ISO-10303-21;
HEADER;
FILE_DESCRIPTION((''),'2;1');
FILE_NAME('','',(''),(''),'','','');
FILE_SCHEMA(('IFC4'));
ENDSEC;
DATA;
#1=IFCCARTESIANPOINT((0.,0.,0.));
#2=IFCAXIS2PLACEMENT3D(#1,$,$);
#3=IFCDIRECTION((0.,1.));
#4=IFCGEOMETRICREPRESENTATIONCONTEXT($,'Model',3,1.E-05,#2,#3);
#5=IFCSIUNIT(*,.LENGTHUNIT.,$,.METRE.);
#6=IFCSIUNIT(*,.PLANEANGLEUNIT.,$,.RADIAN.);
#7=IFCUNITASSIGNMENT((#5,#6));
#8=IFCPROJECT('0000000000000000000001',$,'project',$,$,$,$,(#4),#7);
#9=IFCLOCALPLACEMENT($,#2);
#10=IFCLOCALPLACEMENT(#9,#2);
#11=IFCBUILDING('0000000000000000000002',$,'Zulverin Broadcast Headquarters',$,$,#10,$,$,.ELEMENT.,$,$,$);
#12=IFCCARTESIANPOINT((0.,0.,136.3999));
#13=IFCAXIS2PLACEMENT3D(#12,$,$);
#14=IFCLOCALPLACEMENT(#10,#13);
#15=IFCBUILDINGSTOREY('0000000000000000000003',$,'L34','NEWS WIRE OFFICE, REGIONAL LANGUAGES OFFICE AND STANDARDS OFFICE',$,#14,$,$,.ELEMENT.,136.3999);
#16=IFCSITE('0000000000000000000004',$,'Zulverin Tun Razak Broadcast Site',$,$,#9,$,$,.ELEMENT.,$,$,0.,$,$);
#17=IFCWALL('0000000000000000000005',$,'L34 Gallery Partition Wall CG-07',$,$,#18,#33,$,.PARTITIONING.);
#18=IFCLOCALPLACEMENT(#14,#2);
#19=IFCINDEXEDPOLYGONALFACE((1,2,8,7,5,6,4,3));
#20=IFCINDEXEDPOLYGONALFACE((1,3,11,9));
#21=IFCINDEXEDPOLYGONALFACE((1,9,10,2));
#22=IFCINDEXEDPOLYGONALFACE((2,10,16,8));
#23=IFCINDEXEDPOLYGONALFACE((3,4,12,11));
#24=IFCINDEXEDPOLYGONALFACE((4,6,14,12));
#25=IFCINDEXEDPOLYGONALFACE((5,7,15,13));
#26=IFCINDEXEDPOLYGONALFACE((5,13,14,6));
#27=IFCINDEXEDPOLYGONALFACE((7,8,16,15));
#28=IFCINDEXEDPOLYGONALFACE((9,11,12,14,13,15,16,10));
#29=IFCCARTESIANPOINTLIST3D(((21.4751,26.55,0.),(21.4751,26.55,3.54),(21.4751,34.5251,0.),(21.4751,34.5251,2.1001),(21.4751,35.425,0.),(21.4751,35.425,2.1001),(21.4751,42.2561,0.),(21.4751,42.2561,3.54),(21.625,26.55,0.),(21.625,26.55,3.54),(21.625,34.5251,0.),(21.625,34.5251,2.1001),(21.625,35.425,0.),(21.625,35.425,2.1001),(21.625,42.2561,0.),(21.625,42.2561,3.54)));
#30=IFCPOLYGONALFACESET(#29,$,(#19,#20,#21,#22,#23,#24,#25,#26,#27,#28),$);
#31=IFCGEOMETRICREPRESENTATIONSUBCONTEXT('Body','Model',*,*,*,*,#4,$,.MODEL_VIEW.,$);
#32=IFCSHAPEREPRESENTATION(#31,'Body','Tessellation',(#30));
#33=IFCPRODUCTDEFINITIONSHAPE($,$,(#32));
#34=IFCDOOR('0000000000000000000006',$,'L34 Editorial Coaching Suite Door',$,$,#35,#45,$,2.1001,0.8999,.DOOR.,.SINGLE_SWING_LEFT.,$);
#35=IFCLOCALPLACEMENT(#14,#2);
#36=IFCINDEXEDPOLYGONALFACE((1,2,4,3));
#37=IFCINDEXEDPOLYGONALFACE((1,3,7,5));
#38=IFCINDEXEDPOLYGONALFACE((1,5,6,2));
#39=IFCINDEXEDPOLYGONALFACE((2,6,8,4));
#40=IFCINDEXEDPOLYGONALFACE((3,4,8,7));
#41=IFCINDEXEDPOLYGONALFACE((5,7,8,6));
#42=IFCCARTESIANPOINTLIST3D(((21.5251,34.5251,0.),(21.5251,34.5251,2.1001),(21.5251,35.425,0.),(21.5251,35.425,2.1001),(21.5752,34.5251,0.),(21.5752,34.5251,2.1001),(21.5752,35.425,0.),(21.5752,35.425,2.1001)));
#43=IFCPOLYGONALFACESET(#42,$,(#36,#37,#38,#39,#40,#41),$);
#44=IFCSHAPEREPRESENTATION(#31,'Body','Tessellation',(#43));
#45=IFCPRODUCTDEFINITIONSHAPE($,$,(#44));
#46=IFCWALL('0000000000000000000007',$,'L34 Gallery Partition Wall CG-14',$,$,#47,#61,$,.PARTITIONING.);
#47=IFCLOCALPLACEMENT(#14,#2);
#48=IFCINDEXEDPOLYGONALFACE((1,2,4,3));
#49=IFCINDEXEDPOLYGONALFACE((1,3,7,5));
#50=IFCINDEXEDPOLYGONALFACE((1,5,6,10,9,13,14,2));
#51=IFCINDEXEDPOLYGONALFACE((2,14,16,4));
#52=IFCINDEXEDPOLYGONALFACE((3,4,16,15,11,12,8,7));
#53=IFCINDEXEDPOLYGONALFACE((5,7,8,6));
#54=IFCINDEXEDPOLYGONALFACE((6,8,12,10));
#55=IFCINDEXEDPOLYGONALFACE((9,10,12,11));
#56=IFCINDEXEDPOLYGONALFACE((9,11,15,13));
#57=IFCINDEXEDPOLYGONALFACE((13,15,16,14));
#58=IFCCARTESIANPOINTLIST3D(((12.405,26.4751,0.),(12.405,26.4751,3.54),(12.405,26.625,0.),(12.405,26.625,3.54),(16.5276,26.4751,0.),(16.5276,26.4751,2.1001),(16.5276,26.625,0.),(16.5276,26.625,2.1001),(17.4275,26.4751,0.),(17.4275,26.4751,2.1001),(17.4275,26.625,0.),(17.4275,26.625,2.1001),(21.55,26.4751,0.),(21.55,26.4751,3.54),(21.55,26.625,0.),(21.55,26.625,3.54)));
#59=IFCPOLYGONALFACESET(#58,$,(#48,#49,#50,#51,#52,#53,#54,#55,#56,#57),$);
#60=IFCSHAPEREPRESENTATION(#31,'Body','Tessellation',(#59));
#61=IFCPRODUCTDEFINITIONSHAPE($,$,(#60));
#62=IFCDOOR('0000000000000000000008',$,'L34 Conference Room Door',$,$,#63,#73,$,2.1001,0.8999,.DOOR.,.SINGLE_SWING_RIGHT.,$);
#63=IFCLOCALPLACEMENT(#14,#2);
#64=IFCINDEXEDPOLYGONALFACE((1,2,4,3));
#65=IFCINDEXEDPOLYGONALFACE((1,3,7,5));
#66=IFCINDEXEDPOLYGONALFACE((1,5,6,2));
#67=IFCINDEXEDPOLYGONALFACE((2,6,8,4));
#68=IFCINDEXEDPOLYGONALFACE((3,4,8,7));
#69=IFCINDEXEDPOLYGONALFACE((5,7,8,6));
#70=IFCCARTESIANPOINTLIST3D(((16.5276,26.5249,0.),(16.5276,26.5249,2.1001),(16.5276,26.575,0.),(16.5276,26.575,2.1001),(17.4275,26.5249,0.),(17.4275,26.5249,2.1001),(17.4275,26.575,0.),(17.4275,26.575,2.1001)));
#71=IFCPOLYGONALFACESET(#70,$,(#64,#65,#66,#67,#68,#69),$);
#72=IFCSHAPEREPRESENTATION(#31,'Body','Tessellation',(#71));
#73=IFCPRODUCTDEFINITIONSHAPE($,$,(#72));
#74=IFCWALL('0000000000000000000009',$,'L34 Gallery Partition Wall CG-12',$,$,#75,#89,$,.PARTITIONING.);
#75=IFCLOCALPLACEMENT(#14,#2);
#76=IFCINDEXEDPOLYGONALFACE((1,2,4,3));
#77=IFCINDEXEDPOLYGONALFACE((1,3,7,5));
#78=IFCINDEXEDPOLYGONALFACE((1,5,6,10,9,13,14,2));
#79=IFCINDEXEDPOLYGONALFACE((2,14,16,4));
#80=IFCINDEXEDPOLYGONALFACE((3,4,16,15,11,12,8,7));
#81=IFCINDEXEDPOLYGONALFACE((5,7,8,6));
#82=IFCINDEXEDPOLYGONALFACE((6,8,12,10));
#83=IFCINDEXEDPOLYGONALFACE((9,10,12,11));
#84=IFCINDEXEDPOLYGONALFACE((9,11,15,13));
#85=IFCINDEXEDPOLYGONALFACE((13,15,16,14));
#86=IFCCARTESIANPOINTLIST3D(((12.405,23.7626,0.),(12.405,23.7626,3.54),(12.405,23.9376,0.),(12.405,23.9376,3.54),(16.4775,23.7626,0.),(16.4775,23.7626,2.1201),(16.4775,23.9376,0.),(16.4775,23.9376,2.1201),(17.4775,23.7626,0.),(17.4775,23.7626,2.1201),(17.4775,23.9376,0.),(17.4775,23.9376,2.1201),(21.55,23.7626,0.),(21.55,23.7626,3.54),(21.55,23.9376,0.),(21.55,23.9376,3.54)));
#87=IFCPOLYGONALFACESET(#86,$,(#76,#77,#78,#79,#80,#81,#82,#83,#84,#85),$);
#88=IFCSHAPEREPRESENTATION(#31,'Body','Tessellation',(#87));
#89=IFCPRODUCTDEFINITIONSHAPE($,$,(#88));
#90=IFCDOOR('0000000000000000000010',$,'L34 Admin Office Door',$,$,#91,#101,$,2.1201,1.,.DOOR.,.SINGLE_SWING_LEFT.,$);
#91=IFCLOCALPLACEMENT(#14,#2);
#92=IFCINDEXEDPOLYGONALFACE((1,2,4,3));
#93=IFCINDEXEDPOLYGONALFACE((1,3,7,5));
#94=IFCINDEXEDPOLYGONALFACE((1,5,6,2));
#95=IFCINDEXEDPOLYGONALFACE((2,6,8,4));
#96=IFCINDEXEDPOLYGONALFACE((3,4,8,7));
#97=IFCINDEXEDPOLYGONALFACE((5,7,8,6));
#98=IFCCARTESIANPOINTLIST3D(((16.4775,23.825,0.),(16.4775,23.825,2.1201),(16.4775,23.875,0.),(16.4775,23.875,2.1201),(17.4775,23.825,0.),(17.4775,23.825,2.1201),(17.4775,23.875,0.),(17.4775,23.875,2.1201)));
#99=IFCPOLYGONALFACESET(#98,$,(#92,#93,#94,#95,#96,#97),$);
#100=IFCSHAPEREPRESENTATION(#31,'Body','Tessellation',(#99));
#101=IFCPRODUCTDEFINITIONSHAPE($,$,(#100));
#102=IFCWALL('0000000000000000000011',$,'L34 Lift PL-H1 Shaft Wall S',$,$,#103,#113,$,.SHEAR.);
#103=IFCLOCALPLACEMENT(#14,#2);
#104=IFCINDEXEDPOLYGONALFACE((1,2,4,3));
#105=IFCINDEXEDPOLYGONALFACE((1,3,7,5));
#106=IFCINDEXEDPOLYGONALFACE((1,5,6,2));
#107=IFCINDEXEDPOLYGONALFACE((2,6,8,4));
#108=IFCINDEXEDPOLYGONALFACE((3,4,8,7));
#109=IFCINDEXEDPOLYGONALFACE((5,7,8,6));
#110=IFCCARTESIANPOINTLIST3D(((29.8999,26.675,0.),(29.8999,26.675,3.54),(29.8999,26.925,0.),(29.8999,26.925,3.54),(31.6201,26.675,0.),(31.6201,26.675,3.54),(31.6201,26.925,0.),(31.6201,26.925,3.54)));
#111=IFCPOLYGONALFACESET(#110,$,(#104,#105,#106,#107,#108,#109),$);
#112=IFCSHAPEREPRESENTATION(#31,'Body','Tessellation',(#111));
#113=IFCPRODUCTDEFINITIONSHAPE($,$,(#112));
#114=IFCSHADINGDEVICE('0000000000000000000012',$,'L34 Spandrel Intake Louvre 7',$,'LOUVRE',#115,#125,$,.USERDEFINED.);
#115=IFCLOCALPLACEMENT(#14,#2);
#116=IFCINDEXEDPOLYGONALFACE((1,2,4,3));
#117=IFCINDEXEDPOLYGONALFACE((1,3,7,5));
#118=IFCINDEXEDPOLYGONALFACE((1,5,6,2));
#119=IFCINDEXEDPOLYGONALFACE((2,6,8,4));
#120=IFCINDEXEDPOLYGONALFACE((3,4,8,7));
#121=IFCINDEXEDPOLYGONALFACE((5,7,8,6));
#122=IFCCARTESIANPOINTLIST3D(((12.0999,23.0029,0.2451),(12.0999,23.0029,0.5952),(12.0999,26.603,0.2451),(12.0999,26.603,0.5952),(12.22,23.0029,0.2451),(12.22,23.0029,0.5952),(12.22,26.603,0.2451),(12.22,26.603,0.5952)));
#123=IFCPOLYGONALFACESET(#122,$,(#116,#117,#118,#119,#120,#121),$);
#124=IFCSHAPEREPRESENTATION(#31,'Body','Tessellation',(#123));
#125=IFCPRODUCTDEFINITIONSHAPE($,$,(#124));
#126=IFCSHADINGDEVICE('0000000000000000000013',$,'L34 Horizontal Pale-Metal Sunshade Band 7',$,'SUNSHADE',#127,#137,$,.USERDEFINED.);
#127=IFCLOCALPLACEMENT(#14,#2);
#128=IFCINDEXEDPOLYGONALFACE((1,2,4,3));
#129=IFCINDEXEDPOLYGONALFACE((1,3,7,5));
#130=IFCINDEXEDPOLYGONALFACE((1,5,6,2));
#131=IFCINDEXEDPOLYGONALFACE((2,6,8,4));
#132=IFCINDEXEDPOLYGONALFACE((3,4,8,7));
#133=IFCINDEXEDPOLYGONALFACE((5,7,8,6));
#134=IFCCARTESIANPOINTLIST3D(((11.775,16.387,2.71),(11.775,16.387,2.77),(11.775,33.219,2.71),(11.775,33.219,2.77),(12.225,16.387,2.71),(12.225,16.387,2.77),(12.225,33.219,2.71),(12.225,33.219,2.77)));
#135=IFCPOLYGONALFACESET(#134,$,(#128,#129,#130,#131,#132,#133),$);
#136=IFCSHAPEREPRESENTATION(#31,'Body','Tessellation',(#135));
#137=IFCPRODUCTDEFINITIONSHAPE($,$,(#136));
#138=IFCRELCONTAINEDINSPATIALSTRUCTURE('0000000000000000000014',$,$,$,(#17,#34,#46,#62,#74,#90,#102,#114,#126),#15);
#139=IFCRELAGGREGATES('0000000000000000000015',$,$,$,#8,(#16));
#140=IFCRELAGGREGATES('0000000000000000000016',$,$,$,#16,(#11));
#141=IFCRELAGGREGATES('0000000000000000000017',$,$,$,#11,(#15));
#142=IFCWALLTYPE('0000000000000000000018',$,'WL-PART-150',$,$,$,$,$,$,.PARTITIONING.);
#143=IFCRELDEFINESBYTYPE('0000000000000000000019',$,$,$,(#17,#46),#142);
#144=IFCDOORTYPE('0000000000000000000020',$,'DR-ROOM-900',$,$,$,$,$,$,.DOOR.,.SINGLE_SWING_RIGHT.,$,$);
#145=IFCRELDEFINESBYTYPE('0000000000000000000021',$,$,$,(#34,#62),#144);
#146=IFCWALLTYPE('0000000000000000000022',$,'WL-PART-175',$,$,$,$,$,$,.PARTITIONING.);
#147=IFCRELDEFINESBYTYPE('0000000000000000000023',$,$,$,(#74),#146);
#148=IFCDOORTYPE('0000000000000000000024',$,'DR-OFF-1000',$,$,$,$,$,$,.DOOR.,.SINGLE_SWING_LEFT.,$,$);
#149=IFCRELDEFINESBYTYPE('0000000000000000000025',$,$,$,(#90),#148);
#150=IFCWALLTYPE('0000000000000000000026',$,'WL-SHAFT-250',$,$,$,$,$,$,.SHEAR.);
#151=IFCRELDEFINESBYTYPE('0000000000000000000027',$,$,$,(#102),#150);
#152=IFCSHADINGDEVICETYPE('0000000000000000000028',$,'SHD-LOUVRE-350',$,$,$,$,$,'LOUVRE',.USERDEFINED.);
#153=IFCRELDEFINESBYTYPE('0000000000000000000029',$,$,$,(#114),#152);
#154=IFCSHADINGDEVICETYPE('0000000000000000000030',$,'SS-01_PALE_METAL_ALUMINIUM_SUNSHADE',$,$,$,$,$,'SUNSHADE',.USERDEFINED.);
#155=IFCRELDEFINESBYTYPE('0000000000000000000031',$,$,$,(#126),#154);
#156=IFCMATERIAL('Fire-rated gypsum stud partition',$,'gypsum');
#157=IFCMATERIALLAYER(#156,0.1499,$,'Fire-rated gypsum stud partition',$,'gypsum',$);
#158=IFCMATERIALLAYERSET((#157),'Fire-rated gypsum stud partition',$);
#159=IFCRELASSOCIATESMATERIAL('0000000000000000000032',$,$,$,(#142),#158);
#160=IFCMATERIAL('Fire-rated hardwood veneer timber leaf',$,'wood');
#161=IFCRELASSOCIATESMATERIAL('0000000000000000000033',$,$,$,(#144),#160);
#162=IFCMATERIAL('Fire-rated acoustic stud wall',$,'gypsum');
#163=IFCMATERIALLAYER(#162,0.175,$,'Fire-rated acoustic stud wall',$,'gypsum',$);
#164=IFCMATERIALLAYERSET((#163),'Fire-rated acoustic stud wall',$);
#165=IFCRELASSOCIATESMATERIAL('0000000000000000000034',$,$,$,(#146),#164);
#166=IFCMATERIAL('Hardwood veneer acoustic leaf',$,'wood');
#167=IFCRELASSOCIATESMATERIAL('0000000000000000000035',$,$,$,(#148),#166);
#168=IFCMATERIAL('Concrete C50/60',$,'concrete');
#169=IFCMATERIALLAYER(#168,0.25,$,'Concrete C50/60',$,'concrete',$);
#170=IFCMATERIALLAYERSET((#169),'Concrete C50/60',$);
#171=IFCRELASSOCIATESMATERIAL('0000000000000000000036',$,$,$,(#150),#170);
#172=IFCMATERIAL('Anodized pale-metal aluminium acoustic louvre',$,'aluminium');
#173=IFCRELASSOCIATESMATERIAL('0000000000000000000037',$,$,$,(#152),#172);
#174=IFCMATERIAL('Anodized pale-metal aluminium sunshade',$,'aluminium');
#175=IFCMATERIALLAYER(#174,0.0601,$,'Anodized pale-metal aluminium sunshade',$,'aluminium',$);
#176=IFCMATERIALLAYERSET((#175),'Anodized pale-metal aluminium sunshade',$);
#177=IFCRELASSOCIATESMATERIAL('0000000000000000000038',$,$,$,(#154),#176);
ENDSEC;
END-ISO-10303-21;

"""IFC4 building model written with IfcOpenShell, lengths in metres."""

from ifc_helpers import new_model, si_unit, direction, frame, frame_2d, origin, origin_2d, place, context, subcontext, project, spatial, rectangle, extrude, material, layer, layer_set, type_object, element, fill, save


model = new_model("IFC4")

# Units and contexts
model_context = context("Model", 3, precision=1e-05, world=origin(), true_north=direction((0.0, 1.0)))
body_context = subcontext(model_context, "Body", "Model", "MODEL_VIEW")
ifc_project = project(units=[si_unit("LENGTHUNIT", "METRE"), si_unit("PLANEANGLEUNIT", "RADIAN")], contexts=[model_context])

# Site, building, storey
site_placement = place(None, origin())
site = spatial("IfcSite", under=ifc_project, at=site_placement, Name="Zulverin Tun Razak Broadcast Site", CompositionType="ELEMENT", RefElevation=0.0)
building_placement = place(site_placement, origin())
building = spatial("IfcBuilding", under=site, at=building_placement, Name="Zulverin Broadcast Headquarters", CompositionType="ELEMENT")
storey_placement = place(building_placement, frame((0.0, 0.0, 136.3999)))
storey = spatial("IfcBuildingStorey", under=building, at=storey_placement, Name="L34", Description="NEWS WIRE OFFICE, REGIONAL LANGUAGES OFFICE AND STANDARDS OFFICE", CompositionType="ELEMENT", Elevation=136.3999)

# Shared definitions
ifc_material_1 = material(Name="Fire-rated gypsum stud partition", Category="gypsum")
ifc_layer_1 = layer(ifc_material_1, 0.1499, Name="Fire-rated gypsum stud partition", Category="gypsum")
ifc_layer_set_1 = layer_set([ifc_layer_1], Name="Fire-rated gypsum stud partition")
wall_type_1 = type_object("IfcWallType", Name="WL-PART-150", PredefinedType="PARTITIONING", material=ifc_layer_set_1)

# Walls, openings, doors
wall_1_placement = place(storey_placement, frame((21.55, 26.55, 0.0), z_axis=(0.0, 0.0, 1.0), x_axis=(0.0, 1.0, 0.0)))
wall_1 = element("IfcWall", 1, at=wall_1_placement, inside=storey, type_object=wall_type_1, Name="L34 Gallery Partition Wall CG-07", PredefinedType="PARTITIONING", context=body_context, shape_type="SweptSolid", body=[
    extrude(rectangle(XDim=15.7061, YDim=0.1499, at=frame_2d((7.853, 0.0))), origin(), (0.0, 0.0, 1.0), 3.54),
])
opening_1_placement = place(wall_1_placement, frame((7.9751, 0.0, 0.0)))
opening_1 = element("IfcOpeningElement", 2, at=opening_1_placement, cuts=wall_1, PredefinedType="OPENING", context=body_context, shape_type="SweptSolid", body=[
    extrude(rectangle(XDim=0.8999, YDim=2.1001, at=frame_2d((0.45, 1.05))), frame((0.0, 0.085, 0.0), z_axis=(0.0, -1.0, 0.0), x_axis=(1.0, 0.0, 0.0)), (0.0, 0.0, 1.0), 0.1699),
])
ifc_material_2 = material(Name="Fire-rated hardwood veneer timber leaf", Category="wood")
door_type_1 = type_object("IfcDoorType", Name="DR-ROOM-900", OperationType="SINGLE_SWING_RIGHT", PredefinedType="DOOR", material=ifc_material_2)
door_1_placement = place(opening_1_placement, origin())
door_1 = element("IfcDoor", 3, at=door_1_placement, inside=storey, type_object=door_type_1, Name="L34 Editorial Coaching Suite Door", OperationType="SINGLE_SWING_LEFT", OverallHeight=2.1001, OverallWidth=0.8999, PredefinedType="DOOR", context=body_context, shape_type="SweptSolid", body=[
    extrude(rectangle(XDim=0.8999, YDim=2.1001, at=frame_2d((0.45, 1.05))), frame((0.0, 0.0249, 0.0), z_axis=(0.0, -1.0, 0.0), x_axis=(1.0, 0.0, 0.0)), (0.0, 0.0, 1.0), 0.05),
])
fill(opening_1, door_1)
wall_2_placement = place(storey_placement, frame((12.405, 26.55, 0.0), z_axis=(0.0, 0.0, 1.0), x_axis=(1.0, 0.0, 0.0)))
wall_2 = element("IfcWall", 4, at=wall_2_placement, inside=storey, type_object=wall_type_1, Name="L34 Gallery Partition Wall CG-14", PredefinedType="PARTITIONING", context=body_context, shape_type="SweptSolid", body=[
    extrude(rectangle(XDim=9.145, YDim=0.1499, at=frame_2d((4.5725, 0.0))), origin(), (0.0, 0.0, 1.0), 3.54),
])
opening_2_placement = place(wall_2_placement, frame((4.1226, 0.0, 0.0)))
opening_2 = element("IfcOpeningElement", 5, at=opening_2_placement, cuts=wall_2, PredefinedType="OPENING", context=body_context, shape_type="SweptSolid", body=[
    extrude(rectangle(XDim=0.8999, YDim=2.1001, at=frame_2d((0.45, 1.05))), frame((0.0, 0.085, 0.0), z_axis=(0.0, -1.0, 0.0), x_axis=(1.0, 0.0, 0.0)), (0.0, 0.0, 1.0), 0.1699),
])
door_2_placement = place(opening_2_placement, origin())
door_2 = element("IfcDoor", 6, at=door_2_placement, inside=storey, type_object=door_type_1, Name="L34 Conference Room Door", OperationType="SINGLE_SWING_RIGHT", OverallHeight=2.1001, OverallWidth=0.8999, PredefinedType="DOOR", context=body_context, shape_type="SweptSolid", body=[
    extrude(rectangle(XDim=0.8999, YDim=2.1001, at=frame_2d((0.45, 1.05))), frame((0.0, 0.0249, 0.0), z_axis=(0.0, -1.0, 0.0), x_axis=(1.0, 0.0, 0.0)), (0.0, 0.0, 1.0), 0.05),
])
fill(opening_2, door_2)
ifc_material_3 = material(Name="Fire-rated acoustic stud wall", Category="gypsum")
ifc_layer_2 = layer(ifc_material_3, 0.175, Name="Fire-rated acoustic stud wall", Category="gypsum")
ifc_layer_set_2 = layer_set([ifc_layer_2], Name="Fire-rated acoustic stud wall")
wall_type_2 = type_object("IfcWallType", Name="WL-PART-175", PredefinedType="PARTITIONING", material=ifc_layer_set_2)
wall_3_placement = place(storey_placement, frame((12.405, 23.8501, 0.0), z_axis=(0.0, 0.0, 1.0), x_axis=(1.0, 0.0, 0.0)))
wall_3 = element("IfcWall", 7, at=wall_3_placement, inside=storey, type_object=wall_type_2, Name="L34 Gallery Partition Wall CG-12", PredefinedType="PARTITIONING", context=body_context, shape_type="SweptSolid", body=[
    extrude(rectangle(XDim=9.145, YDim=0.175, at=frame_2d((4.5725, 0.0))), origin(), (0.0, 0.0, 1.0), 3.54),
])
opening_3_placement = place(wall_3_placement, frame((4.0725, 0.0, 0.0)))
opening_3 = element("IfcOpeningElement", 8, at=opening_3_placement, cuts=wall_3, PredefinedType="OPENING", context=body_context, shape_type="SweptSolid", body=[
    extrude(rectangle(XDim=1.0, YDim=2.1201, at=frame_2d((0.5, 1.0601))), frame((0.0, 0.0974, 0.0), z_axis=(0.0, -1.0, 0.0), x_axis=(1.0, 0.0, 0.0)), (0.0, 0.0, 1.0), 0.1951),
])
ifc_material_4 = material(Name="Hardwood veneer acoustic leaf", Category="wood")
door_type_2 = type_object("IfcDoorType", Name="DR-OFF-1000", OperationType="SINGLE_SWING_LEFT", PredefinedType="DOOR", material=ifc_material_4)
door_3_placement = place(opening_3_placement, origin())
door_3 = element("IfcDoor", 9, at=door_3_placement, inside=storey, type_object=door_type_2, Name="L34 Admin Office Door", OperationType="SINGLE_SWING_LEFT", OverallHeight=2.1201, OverallWidth=1.0, PredefinedType="DOOR", context=body_context, shape_type="SweptSolid", body=[
    extrude(rectangle(XDim=1.0, YDim=2.1201, at=frame_2d((0.5, 1.0601))), frame((0.0, 0.0249, 0.0), z_axis=(0.0, -1.0, 0.0), x_axis=(1.0, 0.0, 0.0)), (0.0, 0.0, 1.0), 0.05),
])
fill(opening_3, door_3)
ifc_material_5 = material(Name="Concrete C50/60", Category="concrete")
ifc_layer_3 = layer(ifc_material_5, 0.25, Name="Concrete C50/60", Category="concrete")
ifc_layer_set_3 = layer_set([ifc_layer_3], Name="Concrete C50/60")
wall_type_3 = type_object("IfcWallType", Name="WL-SHAFT-250", PredefinedType="SHEAR", material=ifc_layer_set_3)

# Wall
wall_4_placement = place(storey_placement, frame((29.8999, 26.8, 0.0), z_axis=(0.0, 0.0, 1.0), x_axis=(1.0, 0.0, 0.0)))
element("IfcWall", 10, at=wall_4_placement, inside=storey, type_object=wall_type_3, Name="L34 Lift PL-H1 Shaft Wall S", PredefinedType="SHEAR", context=body_context, shape_type="SweptSolid", body=[
    extrude(rectangle(XDim=1.7202, YDim=0.25, at=frame_2d((0.8601, 0.0))), origin(), (0.0, 0.0, 1.0), 3.54),
])

# Shading devices
ifc_material_6 = material(Name="Anodized pale-metal aluminium acoustic louvre", Category="aluminium")
shading_device_type_1 = type_object("IfcShadingDeviceType", Name="SHD-LOUVRE-350", ElementType="LOUVRE", PredefinedType="USERDEFINED", material=ifc_material_6)
shading_device_1_placement = place(storey_placement, frame((12.1599, 24.803, 0.2451), z_axis=(0.0, 0.0, 1.0), x_axis=(0.0, -1.0, 0.0)))
element("IfcShadingDevice", 11, at=shading_device_1_placement, inside=storey, type_object=shading_device_type_1, Name="L34 Spandrel Intake Louvre 7", ObjectType="LOUVRE", PredefinedType="USERDEFINED", context=body_context, shape_type="SweptSolid", body=[
    extrude(rectangle(XDim=3.6001, YDim=0.1201, at=origin_2d()), origin(), (0.0, 0.0, 1.0), 0.3501),
])
ifc_material_7 = material(Name="Anodized pale-metal aluminium sunshade", Category="aluminium")
ifc_layer_4 = layer(ifc_material_7, 0.0601, Name="Anodized pale-metal aluminium sunshade", Category="aluminium")
ifc_layer_set_4 = layer_set([ifc_layer_4], Name="Anodized pale-metal aluminium sunshade")
shading_device_type_2 = type_object("IfcShadingDeviceType", Name="SS-01_PALE_METAL_ALUMINIUM_SUNSHADE", ElementType="SUNSHADE", PredefinedType="USERDEFINED", material=ifc_layer_set_4)
shading_device_2_placement = place(storey_placement, frame((12.0, 24.803, 2.71), z_axis=(0.0, 0.0, 1.0), x_axis=(0.0, -1.0, 0.0)))
element("IfcShadingDevice", 12, at=shading_device_2_placement, inside=storey, type_object=shading_device_type_2, Name="L34 Horizontal Pale-Metal Sunshade Band 7", ObjectType="SUNSHADE", PredefinedType="USERDEFINED", context=body_context, shape_type="SweptSolid", body=[
    extrude(rectangle(XDim=16.832, YDim=0.45, at=origin_2d()), origin(), (0.0, 0.0, 1.0), 0.0601),
])

save(model, "model.ifc")
